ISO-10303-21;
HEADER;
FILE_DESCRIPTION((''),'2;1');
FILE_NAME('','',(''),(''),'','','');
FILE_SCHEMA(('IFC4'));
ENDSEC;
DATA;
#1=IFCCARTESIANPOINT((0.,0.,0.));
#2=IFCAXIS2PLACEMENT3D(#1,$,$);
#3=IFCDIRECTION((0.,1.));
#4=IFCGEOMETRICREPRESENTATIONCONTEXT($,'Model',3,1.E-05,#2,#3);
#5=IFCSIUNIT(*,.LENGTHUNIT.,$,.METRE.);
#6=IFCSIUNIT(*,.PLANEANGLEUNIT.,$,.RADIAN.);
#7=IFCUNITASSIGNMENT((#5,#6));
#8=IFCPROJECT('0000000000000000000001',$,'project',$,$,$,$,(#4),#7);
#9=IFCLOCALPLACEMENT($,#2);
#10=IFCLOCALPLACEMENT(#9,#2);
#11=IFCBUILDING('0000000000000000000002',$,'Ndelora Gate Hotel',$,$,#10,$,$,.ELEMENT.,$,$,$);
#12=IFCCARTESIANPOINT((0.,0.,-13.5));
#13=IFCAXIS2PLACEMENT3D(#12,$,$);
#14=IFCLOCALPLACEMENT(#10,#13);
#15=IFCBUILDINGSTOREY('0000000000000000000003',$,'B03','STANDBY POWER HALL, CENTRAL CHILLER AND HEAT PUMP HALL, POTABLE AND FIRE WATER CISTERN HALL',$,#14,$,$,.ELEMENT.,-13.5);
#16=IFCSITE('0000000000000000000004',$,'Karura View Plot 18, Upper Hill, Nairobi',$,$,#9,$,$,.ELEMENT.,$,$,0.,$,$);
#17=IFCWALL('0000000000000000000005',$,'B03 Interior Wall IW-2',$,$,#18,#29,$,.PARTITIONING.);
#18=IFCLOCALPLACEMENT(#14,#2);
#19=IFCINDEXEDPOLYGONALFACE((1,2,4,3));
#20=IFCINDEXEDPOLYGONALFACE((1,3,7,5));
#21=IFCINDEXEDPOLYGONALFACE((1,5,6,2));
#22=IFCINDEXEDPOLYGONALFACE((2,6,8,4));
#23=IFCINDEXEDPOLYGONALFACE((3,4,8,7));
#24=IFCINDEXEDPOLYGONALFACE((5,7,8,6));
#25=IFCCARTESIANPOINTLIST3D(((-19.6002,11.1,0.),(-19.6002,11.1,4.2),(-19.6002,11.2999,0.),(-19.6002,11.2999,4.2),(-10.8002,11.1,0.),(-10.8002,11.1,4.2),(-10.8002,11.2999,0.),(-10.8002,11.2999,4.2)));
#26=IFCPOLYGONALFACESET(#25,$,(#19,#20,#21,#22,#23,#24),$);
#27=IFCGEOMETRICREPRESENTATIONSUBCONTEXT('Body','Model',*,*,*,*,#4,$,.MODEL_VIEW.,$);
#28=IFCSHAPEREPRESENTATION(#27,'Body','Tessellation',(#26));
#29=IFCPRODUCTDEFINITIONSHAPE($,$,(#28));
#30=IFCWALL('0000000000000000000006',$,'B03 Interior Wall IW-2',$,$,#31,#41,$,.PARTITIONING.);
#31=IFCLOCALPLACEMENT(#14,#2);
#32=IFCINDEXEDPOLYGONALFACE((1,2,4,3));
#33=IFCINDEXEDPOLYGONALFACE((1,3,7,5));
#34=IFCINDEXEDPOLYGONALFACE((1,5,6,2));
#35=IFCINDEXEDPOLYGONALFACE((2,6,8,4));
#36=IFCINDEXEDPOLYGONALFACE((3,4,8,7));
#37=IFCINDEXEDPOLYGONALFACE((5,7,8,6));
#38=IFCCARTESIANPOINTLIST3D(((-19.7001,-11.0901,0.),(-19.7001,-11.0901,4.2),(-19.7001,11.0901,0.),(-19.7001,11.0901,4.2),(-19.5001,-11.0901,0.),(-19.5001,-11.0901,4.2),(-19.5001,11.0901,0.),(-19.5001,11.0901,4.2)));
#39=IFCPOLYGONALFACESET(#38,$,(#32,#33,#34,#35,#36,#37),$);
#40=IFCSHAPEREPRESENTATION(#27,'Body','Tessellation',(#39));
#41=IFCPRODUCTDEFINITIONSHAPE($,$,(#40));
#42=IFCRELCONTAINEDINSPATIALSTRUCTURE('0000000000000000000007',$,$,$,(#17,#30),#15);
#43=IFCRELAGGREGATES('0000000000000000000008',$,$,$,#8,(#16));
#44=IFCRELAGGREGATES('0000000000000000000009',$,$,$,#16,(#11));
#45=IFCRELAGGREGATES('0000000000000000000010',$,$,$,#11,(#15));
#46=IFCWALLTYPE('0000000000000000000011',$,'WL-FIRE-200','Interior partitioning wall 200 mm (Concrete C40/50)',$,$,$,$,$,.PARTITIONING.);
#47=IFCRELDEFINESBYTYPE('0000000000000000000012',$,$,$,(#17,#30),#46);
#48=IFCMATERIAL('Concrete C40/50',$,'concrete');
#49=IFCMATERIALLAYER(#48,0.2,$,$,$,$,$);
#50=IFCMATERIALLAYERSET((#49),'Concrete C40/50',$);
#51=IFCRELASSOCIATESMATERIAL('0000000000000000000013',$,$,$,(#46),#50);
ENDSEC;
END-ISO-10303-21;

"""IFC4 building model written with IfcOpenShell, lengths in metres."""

from ifc_helpers import new_model, si_unit, direction, frame, frame_2d, origin, place, context, subcontext, project, spatial, rectangle, extrude, material, layer, layer_set, type_object, element, save


model = new_model("IFC4")

# Units and contexts
model_context = context("Model", 3, precision=1e-05, world=origin(), true_north=direction((0.0, 1.0)))
body_context = subcontext(model_context, "Body", "Model", "MODEL_VIEW")
ifc_project = project(units=[si_unit("LENGTHUNIT", "METRE"), si_unit("PLANEANGLEUNIT", "RADIAN")], contexts=[model_context])

# Site, building, storey
site_placement = place(None, origin())
site = spatial("IfcSite", under=ifc_project, at=site_placement, Name="Karura View Plot 18, Upper Hill, Nairobi", CompositionType="ELEMENT", RefElevation=0.0)
building_placement = place(site_placement, origin())
building = spatial("IfcBuilding", under=site, at=building_placement, Name="Ndelora Gate Hotel", CompositionType="ELEMENT")
storey_placement = place(building_placement, frame((0.0, 0.0, -13.5)))
storey = spatial("IfcBuildingStorey", under=building, at=storey_placement, Name="B03", Description="STANDBY POWER HALL, CENTRAL CHILLER AND HEAT PUMP HALL, POTABLE AND FIRE WATER CISTERN HALL", CompositionType="ELEMENT", Elevation=-13.5)

# Shared definitions
ifc_material_1 = material(Name="Concrete C40/50", Category="concrete")

# Shared definitions
ifc_layer_1 = layer(ifc_material_1, 0.2)
ifc_layer_set_1 = layer_set([ifc_layer_1], Name="Concrete C40/50")
wall_type_1 = type_object("IfcWallType", Name="WL-FIRE-200", Description="Interior partitioning wall 200 mm (Concrete C40/50)", PredefinedType="PARTITIONING", material=ifc_layer_set_1)

# Walls
wall_1_placement = place(storey_placement, frame((-19.6001, 11.2, 0.0), z_axis=(0.0, 0.0, 1.0), x_axis=(1.0, 0.0, 0.0)))
element("IfcWall", 1, at=wall_1_placement, inside=storey, type_object=wall_type_1, Name="B03 Interior Wall IW-2", PredefinedType="PARTITIONING", context=body_context, shape_type="SweptSolid", body=[
    extrude(rectangle(XDim=8.8, YDim=0.2, at=frame_2d((4.3999, 0.0))), origin(), (0.0, 0.0, 1.0), 4.2),
])
wall_2_placement = place(storey_placement, frame((-19.6001, 11.0901, 0.0), z_axis=(0.0, 0.0, 1.0), x_axis=(0.0, -1.0, 0.0)))
element("IfcWall", 2, at=wall_2_placement, inside=storey, type_object=wall_type_1, Name="B03 Interior Wall IW-2", PredefinedType="PARTITIONING", context=body_context, shape_type="SweptSolid", body=[
    extrude(rectangle(XDim=22.1802, YDim=0.2, at=frame_2d((11.0901, 0.0))), origin(), (0.0, 0.0, 1.0), 4.2),
])

save(model, "model.ifc")
